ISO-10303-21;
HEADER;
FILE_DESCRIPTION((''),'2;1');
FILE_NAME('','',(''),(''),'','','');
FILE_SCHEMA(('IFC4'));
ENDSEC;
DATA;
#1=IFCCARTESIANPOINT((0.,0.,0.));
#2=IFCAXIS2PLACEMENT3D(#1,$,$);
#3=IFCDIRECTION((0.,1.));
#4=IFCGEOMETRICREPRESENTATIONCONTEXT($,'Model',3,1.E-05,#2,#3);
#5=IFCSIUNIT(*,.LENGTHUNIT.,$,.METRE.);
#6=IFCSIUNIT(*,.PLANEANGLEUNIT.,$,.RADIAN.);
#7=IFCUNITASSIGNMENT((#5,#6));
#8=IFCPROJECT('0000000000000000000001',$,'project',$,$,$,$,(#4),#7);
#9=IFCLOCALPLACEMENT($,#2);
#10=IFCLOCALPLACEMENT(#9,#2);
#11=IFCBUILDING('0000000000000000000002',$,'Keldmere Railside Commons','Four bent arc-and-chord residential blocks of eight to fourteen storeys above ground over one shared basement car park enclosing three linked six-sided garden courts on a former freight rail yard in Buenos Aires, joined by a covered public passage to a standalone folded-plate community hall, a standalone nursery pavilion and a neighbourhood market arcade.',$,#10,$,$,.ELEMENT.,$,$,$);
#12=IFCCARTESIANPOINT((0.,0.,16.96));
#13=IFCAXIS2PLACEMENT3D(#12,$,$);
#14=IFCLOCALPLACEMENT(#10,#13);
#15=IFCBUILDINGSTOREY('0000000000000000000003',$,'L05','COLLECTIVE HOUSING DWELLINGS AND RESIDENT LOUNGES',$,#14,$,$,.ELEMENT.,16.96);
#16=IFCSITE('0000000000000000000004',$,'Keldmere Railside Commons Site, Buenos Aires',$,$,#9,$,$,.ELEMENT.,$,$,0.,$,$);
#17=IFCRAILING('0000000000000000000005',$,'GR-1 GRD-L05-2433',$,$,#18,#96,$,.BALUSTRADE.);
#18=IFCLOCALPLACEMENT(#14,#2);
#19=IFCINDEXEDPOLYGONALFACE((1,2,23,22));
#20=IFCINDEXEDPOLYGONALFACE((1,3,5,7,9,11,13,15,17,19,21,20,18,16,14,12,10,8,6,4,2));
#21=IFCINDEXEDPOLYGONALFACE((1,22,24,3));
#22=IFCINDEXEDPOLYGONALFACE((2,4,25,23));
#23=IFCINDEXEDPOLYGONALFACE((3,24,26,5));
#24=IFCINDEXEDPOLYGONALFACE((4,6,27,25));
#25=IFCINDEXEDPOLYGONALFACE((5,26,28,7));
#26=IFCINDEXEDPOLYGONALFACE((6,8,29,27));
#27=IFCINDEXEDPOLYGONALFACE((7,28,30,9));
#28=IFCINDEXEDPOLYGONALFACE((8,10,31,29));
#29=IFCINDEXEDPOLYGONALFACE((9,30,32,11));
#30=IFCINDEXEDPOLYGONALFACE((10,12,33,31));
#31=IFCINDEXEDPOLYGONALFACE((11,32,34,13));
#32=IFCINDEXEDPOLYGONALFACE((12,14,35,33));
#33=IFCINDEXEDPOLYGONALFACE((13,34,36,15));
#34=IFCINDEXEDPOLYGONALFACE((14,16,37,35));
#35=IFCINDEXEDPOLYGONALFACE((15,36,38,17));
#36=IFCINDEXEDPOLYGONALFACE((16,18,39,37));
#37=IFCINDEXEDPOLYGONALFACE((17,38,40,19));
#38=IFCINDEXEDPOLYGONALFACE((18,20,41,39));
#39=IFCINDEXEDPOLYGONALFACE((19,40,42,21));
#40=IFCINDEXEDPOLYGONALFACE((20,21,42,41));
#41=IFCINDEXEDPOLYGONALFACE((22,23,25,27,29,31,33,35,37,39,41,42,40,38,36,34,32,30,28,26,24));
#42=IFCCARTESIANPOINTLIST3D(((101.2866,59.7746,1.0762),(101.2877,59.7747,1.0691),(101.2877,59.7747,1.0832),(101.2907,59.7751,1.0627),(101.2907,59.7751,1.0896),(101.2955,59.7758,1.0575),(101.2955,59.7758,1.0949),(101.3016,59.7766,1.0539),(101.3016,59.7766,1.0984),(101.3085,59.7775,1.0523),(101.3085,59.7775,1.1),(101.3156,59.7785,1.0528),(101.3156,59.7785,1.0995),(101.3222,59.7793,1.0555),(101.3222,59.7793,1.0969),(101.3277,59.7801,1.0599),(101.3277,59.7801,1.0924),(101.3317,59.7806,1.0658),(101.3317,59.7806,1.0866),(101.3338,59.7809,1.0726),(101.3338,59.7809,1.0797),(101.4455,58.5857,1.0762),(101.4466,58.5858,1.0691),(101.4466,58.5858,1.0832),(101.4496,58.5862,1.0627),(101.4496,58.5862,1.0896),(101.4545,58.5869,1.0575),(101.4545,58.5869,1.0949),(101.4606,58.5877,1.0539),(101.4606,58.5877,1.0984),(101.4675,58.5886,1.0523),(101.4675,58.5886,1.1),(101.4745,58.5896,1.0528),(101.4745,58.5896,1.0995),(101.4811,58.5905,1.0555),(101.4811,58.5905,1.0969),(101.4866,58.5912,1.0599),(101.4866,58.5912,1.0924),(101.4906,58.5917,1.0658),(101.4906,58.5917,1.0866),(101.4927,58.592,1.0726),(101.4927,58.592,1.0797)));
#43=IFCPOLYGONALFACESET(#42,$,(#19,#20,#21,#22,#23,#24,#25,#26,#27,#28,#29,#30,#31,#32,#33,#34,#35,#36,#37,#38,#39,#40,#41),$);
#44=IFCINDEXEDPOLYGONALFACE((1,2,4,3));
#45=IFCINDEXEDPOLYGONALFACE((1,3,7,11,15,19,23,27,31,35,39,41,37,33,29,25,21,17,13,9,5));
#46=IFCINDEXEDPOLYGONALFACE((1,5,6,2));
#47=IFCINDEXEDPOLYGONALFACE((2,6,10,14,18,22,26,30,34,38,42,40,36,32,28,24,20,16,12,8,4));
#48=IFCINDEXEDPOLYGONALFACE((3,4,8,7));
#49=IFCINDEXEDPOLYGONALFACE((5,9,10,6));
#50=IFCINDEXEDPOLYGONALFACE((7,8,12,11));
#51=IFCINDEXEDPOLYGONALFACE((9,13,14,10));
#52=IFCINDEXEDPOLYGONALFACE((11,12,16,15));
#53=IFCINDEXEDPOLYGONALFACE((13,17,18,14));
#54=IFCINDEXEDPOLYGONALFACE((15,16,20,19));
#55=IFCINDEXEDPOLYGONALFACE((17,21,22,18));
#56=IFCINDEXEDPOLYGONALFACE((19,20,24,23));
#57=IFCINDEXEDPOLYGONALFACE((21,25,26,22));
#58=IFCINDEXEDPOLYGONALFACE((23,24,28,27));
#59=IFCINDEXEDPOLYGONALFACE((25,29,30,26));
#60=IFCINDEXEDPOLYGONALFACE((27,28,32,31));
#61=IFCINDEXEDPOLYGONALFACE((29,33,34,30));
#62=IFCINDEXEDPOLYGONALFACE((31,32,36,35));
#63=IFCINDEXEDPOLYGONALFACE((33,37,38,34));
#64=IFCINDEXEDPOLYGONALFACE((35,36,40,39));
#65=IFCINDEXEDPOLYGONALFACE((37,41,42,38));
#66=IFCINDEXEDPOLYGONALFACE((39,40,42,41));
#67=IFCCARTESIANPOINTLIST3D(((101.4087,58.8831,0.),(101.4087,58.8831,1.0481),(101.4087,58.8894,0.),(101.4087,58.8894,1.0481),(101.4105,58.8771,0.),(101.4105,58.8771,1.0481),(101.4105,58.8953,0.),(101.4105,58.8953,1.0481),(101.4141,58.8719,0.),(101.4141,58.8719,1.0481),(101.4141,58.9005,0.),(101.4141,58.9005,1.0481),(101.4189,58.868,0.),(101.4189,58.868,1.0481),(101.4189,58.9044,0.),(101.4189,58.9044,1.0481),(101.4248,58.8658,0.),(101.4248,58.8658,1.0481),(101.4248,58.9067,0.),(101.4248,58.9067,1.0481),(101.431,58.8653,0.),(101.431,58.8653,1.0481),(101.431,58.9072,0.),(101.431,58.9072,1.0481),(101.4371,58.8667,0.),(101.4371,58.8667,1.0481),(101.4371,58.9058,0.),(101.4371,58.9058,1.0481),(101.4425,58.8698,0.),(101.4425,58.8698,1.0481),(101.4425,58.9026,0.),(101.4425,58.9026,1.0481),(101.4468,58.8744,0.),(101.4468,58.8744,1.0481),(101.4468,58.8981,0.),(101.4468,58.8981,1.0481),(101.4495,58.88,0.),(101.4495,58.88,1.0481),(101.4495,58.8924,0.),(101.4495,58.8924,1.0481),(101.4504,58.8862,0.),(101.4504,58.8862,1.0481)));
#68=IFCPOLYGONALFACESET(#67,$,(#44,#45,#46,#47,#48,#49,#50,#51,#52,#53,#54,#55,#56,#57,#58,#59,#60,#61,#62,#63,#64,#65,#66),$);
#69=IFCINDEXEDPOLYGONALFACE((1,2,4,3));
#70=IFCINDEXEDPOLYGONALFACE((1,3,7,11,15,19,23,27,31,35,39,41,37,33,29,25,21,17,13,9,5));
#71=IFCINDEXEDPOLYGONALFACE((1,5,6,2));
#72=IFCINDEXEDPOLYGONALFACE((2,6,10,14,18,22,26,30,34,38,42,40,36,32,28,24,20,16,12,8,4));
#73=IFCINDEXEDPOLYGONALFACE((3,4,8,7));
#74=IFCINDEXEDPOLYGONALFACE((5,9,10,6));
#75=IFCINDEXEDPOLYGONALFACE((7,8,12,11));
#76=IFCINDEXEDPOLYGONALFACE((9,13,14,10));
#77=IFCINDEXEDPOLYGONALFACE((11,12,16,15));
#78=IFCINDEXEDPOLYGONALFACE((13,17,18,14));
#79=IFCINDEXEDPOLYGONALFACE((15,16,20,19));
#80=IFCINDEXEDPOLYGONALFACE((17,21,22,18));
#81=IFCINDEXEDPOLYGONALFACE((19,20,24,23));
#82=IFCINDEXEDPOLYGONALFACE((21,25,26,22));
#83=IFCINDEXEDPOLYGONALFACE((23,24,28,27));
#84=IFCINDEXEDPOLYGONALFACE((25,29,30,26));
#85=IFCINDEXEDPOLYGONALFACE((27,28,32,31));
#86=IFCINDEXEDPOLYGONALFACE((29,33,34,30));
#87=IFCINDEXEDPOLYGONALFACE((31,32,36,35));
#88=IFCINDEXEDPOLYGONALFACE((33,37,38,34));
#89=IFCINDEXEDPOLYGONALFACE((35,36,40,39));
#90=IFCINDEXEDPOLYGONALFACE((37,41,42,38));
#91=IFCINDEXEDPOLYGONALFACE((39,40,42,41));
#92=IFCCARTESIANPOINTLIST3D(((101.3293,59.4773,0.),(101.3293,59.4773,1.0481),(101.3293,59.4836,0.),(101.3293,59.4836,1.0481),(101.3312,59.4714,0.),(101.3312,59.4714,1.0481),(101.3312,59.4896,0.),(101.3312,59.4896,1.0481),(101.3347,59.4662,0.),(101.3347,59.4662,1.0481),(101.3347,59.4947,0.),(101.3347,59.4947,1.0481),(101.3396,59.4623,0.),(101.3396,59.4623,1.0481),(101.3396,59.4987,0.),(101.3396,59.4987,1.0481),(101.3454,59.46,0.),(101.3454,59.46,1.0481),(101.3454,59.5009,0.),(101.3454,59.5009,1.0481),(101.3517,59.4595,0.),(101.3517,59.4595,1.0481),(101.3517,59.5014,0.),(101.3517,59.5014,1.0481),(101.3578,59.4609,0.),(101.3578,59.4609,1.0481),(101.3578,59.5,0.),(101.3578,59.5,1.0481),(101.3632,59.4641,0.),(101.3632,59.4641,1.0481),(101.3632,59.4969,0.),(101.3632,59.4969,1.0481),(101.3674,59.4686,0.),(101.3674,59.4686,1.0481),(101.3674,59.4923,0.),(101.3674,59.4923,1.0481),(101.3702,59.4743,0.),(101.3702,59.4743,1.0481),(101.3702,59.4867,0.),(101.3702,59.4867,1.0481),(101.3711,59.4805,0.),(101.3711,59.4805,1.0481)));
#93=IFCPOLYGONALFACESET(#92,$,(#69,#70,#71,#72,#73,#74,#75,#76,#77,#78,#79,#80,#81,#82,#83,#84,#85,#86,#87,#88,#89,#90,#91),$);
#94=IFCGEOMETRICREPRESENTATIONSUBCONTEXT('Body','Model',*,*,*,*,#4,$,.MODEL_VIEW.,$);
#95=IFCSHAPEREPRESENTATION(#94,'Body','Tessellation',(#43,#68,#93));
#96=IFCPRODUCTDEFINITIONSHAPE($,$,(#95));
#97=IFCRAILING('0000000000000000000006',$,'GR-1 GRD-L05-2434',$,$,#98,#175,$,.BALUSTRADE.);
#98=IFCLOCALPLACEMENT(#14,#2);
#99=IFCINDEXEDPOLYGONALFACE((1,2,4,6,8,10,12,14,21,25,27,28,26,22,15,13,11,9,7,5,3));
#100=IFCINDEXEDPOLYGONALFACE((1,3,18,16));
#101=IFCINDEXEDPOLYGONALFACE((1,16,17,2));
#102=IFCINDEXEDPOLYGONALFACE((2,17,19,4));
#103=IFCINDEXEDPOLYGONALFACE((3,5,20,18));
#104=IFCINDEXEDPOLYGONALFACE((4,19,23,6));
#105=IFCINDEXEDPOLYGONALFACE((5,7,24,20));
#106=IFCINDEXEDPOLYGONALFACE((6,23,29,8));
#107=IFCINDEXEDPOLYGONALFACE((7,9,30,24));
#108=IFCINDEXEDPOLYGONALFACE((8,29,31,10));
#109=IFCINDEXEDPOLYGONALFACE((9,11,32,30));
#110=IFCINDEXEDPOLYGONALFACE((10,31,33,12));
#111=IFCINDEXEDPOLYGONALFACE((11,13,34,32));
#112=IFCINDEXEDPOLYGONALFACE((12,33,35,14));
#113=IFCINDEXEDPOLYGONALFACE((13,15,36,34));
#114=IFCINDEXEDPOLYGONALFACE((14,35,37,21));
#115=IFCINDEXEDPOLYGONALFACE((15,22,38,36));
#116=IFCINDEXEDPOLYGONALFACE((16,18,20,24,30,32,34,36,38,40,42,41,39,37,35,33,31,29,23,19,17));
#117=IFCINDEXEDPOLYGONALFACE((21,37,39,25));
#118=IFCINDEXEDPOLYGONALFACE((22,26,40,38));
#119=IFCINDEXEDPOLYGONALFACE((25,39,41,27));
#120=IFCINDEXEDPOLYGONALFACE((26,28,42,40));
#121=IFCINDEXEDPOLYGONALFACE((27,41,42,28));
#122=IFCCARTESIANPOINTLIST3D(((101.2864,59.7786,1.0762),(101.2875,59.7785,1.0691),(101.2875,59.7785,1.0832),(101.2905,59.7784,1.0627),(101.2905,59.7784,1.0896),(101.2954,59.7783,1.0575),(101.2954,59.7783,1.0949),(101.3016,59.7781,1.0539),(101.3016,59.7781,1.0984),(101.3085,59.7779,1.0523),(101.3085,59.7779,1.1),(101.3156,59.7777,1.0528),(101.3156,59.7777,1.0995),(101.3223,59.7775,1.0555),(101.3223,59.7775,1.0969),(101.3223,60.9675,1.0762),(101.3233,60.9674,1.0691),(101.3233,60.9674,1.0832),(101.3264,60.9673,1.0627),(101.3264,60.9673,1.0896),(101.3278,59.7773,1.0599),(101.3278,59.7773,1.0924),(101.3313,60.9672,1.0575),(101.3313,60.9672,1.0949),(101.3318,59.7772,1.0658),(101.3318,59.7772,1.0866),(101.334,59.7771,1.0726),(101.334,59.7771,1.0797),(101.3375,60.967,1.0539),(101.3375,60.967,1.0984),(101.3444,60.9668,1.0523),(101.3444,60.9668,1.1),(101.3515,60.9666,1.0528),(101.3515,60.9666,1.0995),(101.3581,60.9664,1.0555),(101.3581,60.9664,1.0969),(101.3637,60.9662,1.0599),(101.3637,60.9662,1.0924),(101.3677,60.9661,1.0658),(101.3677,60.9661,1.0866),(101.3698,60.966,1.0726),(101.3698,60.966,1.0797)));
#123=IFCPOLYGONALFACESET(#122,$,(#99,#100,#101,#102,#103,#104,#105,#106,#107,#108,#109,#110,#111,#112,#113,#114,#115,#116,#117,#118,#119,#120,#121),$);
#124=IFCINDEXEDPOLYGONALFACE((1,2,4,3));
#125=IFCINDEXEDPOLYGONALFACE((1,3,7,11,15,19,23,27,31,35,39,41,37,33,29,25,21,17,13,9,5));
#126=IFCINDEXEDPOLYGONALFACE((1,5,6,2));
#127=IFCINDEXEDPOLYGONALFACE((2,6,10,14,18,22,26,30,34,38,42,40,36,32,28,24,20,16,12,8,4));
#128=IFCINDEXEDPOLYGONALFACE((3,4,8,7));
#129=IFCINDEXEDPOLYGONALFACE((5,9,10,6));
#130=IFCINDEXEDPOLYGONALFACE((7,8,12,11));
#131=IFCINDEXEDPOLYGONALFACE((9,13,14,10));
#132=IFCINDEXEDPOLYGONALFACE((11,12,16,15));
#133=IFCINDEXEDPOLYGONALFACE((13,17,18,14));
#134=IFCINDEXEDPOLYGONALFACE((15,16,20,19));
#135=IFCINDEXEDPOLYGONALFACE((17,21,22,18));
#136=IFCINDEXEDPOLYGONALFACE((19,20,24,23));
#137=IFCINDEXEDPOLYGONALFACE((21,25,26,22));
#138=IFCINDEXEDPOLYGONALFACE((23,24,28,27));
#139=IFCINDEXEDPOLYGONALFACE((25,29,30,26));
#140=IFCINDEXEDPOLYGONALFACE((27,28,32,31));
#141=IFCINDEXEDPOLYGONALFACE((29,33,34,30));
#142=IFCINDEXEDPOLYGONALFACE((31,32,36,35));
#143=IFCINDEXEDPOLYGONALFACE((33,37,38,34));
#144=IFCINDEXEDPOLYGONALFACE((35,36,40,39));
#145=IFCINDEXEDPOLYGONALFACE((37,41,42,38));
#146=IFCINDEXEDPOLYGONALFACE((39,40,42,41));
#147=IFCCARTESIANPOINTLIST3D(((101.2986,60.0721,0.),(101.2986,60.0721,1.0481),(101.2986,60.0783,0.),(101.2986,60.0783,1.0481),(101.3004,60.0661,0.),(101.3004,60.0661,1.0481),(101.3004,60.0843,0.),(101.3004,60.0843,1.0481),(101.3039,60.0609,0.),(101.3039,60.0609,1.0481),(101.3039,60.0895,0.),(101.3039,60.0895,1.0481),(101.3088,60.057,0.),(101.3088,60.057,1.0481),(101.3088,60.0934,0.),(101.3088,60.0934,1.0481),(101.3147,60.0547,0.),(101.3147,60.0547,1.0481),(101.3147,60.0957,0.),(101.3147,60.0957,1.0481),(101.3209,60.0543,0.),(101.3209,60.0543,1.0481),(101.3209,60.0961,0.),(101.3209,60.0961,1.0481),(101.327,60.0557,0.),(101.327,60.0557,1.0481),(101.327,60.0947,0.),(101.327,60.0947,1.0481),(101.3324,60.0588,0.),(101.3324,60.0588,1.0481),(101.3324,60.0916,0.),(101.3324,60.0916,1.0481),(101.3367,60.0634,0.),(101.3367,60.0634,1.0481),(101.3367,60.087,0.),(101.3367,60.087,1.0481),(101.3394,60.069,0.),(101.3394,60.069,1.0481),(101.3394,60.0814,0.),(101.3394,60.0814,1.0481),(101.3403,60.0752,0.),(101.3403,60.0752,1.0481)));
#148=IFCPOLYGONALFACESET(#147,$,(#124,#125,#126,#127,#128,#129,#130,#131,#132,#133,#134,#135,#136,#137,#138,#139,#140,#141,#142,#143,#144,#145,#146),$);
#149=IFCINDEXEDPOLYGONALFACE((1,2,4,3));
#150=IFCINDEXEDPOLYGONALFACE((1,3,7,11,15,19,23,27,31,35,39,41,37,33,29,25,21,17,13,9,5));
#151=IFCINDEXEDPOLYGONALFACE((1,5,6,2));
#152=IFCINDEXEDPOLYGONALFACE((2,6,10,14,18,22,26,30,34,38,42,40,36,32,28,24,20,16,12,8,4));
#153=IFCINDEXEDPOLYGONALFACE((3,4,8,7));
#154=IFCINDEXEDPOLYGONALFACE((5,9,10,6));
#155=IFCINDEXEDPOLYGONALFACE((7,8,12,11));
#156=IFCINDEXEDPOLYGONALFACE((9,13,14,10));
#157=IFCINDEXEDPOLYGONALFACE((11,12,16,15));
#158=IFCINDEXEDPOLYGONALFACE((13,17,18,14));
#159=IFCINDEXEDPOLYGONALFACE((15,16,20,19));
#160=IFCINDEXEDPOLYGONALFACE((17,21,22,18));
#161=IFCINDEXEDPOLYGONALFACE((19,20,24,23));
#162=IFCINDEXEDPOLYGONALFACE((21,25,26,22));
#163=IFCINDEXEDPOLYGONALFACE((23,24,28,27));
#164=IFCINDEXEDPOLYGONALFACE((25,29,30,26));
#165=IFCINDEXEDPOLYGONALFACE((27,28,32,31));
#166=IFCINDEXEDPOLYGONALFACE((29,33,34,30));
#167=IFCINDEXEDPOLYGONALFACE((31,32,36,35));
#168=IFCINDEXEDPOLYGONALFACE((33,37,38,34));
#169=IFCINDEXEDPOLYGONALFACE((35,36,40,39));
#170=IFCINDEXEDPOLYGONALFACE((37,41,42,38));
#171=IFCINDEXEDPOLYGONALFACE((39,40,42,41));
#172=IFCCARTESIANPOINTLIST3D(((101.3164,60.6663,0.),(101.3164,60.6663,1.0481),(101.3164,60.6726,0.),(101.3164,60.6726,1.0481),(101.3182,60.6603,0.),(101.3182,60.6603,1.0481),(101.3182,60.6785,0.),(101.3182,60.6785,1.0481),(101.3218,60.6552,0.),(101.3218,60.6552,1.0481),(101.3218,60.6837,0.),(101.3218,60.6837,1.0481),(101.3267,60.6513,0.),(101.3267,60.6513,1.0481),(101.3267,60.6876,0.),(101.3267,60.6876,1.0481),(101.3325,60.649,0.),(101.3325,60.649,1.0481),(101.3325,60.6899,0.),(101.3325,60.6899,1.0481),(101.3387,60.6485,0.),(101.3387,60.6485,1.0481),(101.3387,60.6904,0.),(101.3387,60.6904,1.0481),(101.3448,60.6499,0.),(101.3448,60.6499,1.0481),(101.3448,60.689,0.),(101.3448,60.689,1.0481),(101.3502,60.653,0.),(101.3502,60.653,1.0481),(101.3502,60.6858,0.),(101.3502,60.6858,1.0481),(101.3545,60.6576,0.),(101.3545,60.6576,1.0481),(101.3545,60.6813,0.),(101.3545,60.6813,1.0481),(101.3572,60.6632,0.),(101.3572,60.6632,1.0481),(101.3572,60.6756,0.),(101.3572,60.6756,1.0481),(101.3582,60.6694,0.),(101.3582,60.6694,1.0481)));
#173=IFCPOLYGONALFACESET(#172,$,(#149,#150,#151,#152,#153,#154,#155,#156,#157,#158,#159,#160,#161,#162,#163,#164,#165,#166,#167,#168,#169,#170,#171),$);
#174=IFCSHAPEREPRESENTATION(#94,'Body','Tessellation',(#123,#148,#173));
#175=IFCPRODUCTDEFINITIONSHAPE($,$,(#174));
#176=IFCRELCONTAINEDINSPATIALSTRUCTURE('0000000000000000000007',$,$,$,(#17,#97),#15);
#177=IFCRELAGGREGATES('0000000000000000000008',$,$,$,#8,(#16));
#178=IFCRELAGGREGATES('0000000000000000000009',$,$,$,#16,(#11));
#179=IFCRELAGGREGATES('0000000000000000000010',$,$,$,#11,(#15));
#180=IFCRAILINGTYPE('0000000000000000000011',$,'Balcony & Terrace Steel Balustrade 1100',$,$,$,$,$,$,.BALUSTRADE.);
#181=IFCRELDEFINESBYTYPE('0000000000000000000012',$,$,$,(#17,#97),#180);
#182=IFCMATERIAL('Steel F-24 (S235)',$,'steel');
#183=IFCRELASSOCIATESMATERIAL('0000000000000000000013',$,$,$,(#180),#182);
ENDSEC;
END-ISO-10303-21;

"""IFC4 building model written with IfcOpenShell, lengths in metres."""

from ifc_helpers import new_model, si_unit, direction, frame, origin, origin_2d, place, context, subcontext, project, spatial, circle, extrude, material, type_object, element, save


model = new_model("IFC4")

# Units and contexts
model_context = context("Model", 3, precision=1e-05, world=origin(), true_north=direction((0.0, 1.0)))
body_context = subcontext(model_context, "Body", "Model", "MODEL_VIEW")
ifc_project = project(units=[si_unit("LENGTHUNIT", "METRE"), si_unit("PLANEANGLEUNIT", "RADIAN")], contexts=[model_context])

# Site, building, storey
site_placement = place(None, origin())
site = spatial("IfcSite", under=ifc_project, at=site_placement, Name="Keldmere Railside Commons Site, Buenos Aires", CompositionType="ELEMENT", RefElevation=0.0)
building_placement = place(site_placement, origin())
building = spatial("IfcBuilding", under=site, at=building_placement, Name="Keldmere Railside Commons", Description="Four bent arc-and-chord residential blocks of eight to fourteen storeys above ground over one shared basement car park enclosing three linked six-sided garden courts on a former freight rail yard in Buenos Aires, joined by a covered public passage to a standalone folded-plate community hall, a standalone nursery pavilion and a neighbourhood market arcade.", CompositionType="ELEMENT")
storey_placement = place(building_placement, frame((0.0, 0.0, 16.96)))
storey = spatial("IfcBuildingStorey", under=building, at=storey_placement, Name="L05", Description="COLLECTIVE HOUSING DWELLINGS AND RESIDENT LOUNGES", CompositionType="ELEMENT", Elevation=16.96)

# Railings
ifc_material_1 = material(Name="Steel F-24 (S235)", Category="steel")
railing_type = type_object("IfcRailingType", Name="Balcony & Terrace Steel Balustrade 1100", PredefinedType="BALUSTRADE", material=ifc_material_1)
railing_1_placement = place(storey_placement, frame((101.4692, 58.5889, 0.0)))
element("IfcRailing", 1, at=railing_1_placement, inside=storey, type_object=railing_type, Name="GR-1 GRD-L05-2433", PredefinedType="BALUSTRADE", context=body_context, shape_type="SweptSolid", body=[
    extrude(circle(Radius=0.0239, at=origin_2d()), frame((0.0, 0.0, 1.0762), z_axis=(-0.132497, 0.991183, 0.0), x_axis=(-0.991183, -0.132497, 0.0)), (0.0, 0.0, 1.0), 1.1995),
    extrude(circle(Radius=0.021, at=origin_2d()), frame((-0.0398, 0.2974, 0.0)), (0.0, 0.0, 1.0), 1.0481),
    extrude(circle(Radius=0.021, at=origin_2d()), frame((-0.1191, 0.8916, 0.0)), (0.0, 0.0, 1.0), 1.0481),
])
railing_2_placement = place(storey_placement, frame((101.3103, 59.7778, 0.0)))
element("IfcRailing", 2, at=railing_2_placement, inside=storey, type_object=railing_type, Name="GR-1 GRD-L05-2434", PredefinedType="BALUSTRADE", context=body_context, shape_type="SweptSolid", body=[
    extrude(circle(Radius=0.0239, at=origin_2d()), frame((0.0, 0.0, 1.0762), z_axis=(0.030171, 0.999545, 0.0), x_axis=(-0.999545, 0.030171, 0.0)), (0.0, 0.0, 1.0), 1.1895),
    extrude(circle(Radius=0.021, at=origin_2d()), frame((0.009, 0.2974, 0.0)), (0.0, 0.0, 1.0), 1.0481),
    extrude(circle(Radius=0.021, at=origin_2d()), frame((0.0269, 0.8916, 0.0)), (0.0, 0.0, 1.0), 1.0481),
])

save(model, "model.ifc")
